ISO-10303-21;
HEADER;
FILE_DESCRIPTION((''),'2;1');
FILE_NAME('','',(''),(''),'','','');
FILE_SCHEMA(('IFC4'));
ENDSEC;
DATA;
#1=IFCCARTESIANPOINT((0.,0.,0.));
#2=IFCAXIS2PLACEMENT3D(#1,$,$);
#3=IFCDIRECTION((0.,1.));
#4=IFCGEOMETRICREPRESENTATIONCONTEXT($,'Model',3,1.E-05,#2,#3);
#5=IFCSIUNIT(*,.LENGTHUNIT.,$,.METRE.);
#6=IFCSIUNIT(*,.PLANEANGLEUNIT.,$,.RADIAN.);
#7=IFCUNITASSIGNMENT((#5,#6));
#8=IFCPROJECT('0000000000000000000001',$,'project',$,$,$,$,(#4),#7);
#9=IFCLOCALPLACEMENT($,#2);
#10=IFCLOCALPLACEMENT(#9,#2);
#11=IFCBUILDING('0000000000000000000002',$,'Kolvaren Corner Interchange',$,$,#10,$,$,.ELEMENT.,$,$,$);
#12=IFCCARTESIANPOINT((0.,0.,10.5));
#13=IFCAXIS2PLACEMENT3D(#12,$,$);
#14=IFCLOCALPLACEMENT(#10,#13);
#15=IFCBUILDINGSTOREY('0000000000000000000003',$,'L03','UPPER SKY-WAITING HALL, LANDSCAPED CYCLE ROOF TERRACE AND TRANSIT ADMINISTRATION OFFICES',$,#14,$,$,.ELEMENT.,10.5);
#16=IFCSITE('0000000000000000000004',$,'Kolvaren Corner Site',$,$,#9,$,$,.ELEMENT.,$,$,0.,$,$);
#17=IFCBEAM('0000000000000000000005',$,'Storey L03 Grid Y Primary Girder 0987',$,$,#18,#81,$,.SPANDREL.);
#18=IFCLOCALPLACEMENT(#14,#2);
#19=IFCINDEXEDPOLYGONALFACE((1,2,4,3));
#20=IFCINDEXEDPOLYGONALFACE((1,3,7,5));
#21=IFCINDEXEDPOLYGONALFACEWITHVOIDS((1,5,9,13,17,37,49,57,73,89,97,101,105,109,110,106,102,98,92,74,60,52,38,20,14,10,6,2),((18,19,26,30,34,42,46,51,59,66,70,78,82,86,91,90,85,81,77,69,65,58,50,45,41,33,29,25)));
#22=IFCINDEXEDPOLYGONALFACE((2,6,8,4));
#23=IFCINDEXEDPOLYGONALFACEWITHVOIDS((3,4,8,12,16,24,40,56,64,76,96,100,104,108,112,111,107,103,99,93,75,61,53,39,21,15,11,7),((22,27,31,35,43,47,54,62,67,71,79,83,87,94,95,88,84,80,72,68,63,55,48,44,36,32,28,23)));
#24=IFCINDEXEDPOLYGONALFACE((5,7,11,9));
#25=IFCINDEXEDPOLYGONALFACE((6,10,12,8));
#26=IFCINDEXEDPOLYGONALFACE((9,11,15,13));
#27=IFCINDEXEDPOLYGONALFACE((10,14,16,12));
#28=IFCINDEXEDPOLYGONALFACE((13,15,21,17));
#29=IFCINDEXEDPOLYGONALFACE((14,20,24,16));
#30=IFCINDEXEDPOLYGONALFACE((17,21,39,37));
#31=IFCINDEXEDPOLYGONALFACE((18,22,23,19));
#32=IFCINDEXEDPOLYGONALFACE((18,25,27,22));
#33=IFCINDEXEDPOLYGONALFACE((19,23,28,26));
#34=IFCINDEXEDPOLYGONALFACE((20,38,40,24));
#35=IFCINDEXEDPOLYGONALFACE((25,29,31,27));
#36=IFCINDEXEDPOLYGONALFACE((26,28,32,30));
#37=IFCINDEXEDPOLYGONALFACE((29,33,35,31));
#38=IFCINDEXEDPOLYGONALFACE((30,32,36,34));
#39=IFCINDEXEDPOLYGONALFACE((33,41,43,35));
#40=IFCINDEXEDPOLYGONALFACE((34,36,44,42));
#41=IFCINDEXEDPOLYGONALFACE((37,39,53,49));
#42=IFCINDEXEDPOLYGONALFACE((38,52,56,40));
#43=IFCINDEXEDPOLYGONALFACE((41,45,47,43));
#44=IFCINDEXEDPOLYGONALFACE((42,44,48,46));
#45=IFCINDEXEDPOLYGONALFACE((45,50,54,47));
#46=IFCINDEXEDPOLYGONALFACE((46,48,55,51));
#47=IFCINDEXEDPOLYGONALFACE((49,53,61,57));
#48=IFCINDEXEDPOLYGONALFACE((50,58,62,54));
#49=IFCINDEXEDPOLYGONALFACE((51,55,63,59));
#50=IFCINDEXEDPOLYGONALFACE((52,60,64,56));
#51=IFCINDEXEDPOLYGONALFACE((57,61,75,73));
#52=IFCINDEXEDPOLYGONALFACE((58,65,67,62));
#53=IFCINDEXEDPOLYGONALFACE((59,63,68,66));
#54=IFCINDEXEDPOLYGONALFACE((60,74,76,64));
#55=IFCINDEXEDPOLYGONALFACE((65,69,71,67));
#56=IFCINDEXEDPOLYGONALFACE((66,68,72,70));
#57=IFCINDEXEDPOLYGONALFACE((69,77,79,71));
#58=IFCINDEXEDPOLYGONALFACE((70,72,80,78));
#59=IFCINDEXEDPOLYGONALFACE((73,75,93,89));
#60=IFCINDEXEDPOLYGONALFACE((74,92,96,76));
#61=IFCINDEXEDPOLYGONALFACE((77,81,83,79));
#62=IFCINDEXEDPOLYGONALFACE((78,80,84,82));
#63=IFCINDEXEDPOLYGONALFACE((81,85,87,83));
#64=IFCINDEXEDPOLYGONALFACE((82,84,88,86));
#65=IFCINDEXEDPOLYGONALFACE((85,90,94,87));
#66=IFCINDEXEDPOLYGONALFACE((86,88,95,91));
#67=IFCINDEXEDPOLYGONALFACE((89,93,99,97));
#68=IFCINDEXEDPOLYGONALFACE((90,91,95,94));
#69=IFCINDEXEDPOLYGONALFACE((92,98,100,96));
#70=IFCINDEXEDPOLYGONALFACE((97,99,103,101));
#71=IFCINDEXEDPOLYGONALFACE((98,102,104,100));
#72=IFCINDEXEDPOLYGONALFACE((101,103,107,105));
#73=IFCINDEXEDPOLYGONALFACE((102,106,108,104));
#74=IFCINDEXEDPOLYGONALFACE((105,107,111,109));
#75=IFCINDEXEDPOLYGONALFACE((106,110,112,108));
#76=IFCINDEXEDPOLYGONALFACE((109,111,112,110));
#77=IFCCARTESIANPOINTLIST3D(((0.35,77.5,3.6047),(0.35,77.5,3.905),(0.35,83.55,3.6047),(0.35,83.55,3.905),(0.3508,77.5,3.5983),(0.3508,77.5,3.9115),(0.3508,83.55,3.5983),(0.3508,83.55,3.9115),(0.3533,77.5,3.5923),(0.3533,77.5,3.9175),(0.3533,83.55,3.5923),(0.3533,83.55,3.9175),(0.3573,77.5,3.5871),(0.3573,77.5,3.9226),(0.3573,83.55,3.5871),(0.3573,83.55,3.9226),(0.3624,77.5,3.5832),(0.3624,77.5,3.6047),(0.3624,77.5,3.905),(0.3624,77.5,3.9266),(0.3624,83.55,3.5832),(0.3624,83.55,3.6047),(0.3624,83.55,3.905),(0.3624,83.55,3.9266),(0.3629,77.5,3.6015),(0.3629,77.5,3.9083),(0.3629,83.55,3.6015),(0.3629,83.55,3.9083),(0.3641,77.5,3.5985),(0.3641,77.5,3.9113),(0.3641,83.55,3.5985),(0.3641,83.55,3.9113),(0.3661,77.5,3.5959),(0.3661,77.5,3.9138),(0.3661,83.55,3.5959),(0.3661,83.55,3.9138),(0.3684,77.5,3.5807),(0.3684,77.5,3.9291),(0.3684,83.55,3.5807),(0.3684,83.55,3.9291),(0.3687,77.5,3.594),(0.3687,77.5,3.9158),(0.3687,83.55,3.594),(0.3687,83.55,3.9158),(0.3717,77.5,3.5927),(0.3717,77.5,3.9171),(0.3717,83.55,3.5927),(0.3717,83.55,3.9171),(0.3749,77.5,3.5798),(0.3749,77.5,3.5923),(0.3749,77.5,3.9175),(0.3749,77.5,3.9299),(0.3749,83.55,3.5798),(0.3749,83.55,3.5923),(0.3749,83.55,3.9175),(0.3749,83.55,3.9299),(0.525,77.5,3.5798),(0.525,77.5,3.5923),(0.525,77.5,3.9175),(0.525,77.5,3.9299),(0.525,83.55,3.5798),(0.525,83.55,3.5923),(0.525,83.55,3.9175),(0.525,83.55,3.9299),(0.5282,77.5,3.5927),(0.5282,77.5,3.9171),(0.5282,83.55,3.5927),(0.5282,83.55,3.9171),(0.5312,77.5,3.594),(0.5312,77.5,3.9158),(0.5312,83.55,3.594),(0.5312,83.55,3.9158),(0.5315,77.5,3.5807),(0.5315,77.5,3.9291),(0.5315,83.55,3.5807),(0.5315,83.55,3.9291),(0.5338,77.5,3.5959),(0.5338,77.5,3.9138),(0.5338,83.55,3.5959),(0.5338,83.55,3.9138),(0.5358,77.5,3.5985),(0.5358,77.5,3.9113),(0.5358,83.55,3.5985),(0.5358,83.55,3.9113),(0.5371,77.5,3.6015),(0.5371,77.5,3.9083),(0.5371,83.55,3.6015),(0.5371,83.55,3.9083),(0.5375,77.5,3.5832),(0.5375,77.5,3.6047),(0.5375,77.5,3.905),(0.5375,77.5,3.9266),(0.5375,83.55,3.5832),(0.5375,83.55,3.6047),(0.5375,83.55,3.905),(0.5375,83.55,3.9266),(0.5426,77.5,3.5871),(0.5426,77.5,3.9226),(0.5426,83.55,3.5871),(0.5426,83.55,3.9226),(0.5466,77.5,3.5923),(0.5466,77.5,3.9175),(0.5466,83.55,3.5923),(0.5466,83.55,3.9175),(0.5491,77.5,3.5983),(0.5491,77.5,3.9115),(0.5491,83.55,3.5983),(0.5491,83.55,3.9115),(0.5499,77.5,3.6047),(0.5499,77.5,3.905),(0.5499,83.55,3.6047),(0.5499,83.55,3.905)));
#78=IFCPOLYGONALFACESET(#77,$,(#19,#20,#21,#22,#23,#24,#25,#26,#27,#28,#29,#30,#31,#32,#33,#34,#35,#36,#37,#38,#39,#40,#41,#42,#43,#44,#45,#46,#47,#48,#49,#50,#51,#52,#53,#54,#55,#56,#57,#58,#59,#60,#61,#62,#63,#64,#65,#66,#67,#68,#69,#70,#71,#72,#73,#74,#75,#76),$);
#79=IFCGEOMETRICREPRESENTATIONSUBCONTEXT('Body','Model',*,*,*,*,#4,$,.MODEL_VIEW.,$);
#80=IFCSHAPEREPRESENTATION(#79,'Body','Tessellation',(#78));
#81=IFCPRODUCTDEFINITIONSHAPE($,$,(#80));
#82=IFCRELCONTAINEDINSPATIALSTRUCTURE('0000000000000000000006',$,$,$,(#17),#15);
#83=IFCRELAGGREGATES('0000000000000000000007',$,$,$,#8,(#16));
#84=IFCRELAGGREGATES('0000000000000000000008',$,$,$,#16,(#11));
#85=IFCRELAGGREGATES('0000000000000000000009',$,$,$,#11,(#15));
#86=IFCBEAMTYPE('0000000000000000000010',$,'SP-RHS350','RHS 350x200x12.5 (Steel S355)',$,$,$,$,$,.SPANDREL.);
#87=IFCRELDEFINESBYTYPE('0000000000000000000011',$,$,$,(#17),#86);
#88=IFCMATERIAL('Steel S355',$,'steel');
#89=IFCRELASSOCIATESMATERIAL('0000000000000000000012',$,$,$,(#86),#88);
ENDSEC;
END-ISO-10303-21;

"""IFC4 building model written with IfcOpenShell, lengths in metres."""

from ifc_helpers import new_model, si_unit, direction, frame, origin, origin_2d, place, context, subcontext, project, spatial, hollow_rectangle, extrude, material, material_profile, profile_set, type_object, element, save


model = new_model("IFC4")

# Units and contexts
model_context = context("Model", 3, precision=1e-05, world=origin(), true_north=direction((0.0, 1.0)))
body_context = subcontext(model_context, "Body", "Model", "MODEL_VIEW")
ifc_project = project(units=[si_unit("LENGTHUNIT", "METRE"), si_unit("PLANEANGLEUNIT", "RADIAN")], contexts=[model_context])

# Site, building, storey
site_placement = place(None, origin())
site = spatial("IfcSite", under=ifc_project, at=site_placement, Name="Kolvaren Corner Site", CompositionType="ELEMENT", RefElevation=0.0)
building_placement = place(site_placement, origin())
building = spatial("IfcBuilding", under=site, at=building_placement, Name="Kolvaren Corner Interchange", CompositionType="ELEMENT")
storey_placement = place(building_placement, frame((0.0, 0.0, 10.5)))
storey = spatial("IfcBuildingStorey", under=building, at=storey_placement, Name="L03", Description="UPPER SKY-WAITING HALL, LANDSCAPED CYCLE ROOF TERRACE AND TRANSIT ADMINISTRATION OFFICES", CompositionType="ELEMENT", Elevation=10.5)

# Beam
ifc_material_1 = material(Name="Steel S355", Category="steel")
ifc_material_profile_1 = material_profile(ifc_material_1, hollow_rectangle(XDim=0.2, YDim=0.3501, WallThickness=0.0125, InnerFilletRadius=0.0125, OuterFilletRadius=0.0249, at=origin_2d()), Name="RHS 350x200x12.5")
ifc_profile_set_1 = profile_set([ifc_material_profile_1], Name="Steel S355")
beam_type_1 = type_object("IfcBeamType", Name="SP-RHS350", Description="RHS 350x200x12.5 (Steel S355)", PredefinedType="SPANDREL", material=ifc_profile_set_1)
beam_1_placement = place(storey_placement, frame((0.45, 77.5, 3.7549), z_axis=(0.0, 1.0, 0.0), x_axis=(-1.0, 0.0, 0.0)))
element("IfcBeam", 1, at=beam_1_placement, inside=storey, type_object=beam_type_1, Name="Storey L03 Grid Y Primary Girder 0987", PredefinedType="SPANDREL", context=body_context, shape_type="SweptSolid", body=[
    extrude(hollow_rectangle(XDim=0.2, YDim=0.3501, WallThickness=0.0125, InnerFilletRadius=0.0125, OuterFilletRadius=0.0249, at=origin_2d()), origin(), (0.0, 0.0, 1.0), 6.05),
])

save(model, "model.ifc")
